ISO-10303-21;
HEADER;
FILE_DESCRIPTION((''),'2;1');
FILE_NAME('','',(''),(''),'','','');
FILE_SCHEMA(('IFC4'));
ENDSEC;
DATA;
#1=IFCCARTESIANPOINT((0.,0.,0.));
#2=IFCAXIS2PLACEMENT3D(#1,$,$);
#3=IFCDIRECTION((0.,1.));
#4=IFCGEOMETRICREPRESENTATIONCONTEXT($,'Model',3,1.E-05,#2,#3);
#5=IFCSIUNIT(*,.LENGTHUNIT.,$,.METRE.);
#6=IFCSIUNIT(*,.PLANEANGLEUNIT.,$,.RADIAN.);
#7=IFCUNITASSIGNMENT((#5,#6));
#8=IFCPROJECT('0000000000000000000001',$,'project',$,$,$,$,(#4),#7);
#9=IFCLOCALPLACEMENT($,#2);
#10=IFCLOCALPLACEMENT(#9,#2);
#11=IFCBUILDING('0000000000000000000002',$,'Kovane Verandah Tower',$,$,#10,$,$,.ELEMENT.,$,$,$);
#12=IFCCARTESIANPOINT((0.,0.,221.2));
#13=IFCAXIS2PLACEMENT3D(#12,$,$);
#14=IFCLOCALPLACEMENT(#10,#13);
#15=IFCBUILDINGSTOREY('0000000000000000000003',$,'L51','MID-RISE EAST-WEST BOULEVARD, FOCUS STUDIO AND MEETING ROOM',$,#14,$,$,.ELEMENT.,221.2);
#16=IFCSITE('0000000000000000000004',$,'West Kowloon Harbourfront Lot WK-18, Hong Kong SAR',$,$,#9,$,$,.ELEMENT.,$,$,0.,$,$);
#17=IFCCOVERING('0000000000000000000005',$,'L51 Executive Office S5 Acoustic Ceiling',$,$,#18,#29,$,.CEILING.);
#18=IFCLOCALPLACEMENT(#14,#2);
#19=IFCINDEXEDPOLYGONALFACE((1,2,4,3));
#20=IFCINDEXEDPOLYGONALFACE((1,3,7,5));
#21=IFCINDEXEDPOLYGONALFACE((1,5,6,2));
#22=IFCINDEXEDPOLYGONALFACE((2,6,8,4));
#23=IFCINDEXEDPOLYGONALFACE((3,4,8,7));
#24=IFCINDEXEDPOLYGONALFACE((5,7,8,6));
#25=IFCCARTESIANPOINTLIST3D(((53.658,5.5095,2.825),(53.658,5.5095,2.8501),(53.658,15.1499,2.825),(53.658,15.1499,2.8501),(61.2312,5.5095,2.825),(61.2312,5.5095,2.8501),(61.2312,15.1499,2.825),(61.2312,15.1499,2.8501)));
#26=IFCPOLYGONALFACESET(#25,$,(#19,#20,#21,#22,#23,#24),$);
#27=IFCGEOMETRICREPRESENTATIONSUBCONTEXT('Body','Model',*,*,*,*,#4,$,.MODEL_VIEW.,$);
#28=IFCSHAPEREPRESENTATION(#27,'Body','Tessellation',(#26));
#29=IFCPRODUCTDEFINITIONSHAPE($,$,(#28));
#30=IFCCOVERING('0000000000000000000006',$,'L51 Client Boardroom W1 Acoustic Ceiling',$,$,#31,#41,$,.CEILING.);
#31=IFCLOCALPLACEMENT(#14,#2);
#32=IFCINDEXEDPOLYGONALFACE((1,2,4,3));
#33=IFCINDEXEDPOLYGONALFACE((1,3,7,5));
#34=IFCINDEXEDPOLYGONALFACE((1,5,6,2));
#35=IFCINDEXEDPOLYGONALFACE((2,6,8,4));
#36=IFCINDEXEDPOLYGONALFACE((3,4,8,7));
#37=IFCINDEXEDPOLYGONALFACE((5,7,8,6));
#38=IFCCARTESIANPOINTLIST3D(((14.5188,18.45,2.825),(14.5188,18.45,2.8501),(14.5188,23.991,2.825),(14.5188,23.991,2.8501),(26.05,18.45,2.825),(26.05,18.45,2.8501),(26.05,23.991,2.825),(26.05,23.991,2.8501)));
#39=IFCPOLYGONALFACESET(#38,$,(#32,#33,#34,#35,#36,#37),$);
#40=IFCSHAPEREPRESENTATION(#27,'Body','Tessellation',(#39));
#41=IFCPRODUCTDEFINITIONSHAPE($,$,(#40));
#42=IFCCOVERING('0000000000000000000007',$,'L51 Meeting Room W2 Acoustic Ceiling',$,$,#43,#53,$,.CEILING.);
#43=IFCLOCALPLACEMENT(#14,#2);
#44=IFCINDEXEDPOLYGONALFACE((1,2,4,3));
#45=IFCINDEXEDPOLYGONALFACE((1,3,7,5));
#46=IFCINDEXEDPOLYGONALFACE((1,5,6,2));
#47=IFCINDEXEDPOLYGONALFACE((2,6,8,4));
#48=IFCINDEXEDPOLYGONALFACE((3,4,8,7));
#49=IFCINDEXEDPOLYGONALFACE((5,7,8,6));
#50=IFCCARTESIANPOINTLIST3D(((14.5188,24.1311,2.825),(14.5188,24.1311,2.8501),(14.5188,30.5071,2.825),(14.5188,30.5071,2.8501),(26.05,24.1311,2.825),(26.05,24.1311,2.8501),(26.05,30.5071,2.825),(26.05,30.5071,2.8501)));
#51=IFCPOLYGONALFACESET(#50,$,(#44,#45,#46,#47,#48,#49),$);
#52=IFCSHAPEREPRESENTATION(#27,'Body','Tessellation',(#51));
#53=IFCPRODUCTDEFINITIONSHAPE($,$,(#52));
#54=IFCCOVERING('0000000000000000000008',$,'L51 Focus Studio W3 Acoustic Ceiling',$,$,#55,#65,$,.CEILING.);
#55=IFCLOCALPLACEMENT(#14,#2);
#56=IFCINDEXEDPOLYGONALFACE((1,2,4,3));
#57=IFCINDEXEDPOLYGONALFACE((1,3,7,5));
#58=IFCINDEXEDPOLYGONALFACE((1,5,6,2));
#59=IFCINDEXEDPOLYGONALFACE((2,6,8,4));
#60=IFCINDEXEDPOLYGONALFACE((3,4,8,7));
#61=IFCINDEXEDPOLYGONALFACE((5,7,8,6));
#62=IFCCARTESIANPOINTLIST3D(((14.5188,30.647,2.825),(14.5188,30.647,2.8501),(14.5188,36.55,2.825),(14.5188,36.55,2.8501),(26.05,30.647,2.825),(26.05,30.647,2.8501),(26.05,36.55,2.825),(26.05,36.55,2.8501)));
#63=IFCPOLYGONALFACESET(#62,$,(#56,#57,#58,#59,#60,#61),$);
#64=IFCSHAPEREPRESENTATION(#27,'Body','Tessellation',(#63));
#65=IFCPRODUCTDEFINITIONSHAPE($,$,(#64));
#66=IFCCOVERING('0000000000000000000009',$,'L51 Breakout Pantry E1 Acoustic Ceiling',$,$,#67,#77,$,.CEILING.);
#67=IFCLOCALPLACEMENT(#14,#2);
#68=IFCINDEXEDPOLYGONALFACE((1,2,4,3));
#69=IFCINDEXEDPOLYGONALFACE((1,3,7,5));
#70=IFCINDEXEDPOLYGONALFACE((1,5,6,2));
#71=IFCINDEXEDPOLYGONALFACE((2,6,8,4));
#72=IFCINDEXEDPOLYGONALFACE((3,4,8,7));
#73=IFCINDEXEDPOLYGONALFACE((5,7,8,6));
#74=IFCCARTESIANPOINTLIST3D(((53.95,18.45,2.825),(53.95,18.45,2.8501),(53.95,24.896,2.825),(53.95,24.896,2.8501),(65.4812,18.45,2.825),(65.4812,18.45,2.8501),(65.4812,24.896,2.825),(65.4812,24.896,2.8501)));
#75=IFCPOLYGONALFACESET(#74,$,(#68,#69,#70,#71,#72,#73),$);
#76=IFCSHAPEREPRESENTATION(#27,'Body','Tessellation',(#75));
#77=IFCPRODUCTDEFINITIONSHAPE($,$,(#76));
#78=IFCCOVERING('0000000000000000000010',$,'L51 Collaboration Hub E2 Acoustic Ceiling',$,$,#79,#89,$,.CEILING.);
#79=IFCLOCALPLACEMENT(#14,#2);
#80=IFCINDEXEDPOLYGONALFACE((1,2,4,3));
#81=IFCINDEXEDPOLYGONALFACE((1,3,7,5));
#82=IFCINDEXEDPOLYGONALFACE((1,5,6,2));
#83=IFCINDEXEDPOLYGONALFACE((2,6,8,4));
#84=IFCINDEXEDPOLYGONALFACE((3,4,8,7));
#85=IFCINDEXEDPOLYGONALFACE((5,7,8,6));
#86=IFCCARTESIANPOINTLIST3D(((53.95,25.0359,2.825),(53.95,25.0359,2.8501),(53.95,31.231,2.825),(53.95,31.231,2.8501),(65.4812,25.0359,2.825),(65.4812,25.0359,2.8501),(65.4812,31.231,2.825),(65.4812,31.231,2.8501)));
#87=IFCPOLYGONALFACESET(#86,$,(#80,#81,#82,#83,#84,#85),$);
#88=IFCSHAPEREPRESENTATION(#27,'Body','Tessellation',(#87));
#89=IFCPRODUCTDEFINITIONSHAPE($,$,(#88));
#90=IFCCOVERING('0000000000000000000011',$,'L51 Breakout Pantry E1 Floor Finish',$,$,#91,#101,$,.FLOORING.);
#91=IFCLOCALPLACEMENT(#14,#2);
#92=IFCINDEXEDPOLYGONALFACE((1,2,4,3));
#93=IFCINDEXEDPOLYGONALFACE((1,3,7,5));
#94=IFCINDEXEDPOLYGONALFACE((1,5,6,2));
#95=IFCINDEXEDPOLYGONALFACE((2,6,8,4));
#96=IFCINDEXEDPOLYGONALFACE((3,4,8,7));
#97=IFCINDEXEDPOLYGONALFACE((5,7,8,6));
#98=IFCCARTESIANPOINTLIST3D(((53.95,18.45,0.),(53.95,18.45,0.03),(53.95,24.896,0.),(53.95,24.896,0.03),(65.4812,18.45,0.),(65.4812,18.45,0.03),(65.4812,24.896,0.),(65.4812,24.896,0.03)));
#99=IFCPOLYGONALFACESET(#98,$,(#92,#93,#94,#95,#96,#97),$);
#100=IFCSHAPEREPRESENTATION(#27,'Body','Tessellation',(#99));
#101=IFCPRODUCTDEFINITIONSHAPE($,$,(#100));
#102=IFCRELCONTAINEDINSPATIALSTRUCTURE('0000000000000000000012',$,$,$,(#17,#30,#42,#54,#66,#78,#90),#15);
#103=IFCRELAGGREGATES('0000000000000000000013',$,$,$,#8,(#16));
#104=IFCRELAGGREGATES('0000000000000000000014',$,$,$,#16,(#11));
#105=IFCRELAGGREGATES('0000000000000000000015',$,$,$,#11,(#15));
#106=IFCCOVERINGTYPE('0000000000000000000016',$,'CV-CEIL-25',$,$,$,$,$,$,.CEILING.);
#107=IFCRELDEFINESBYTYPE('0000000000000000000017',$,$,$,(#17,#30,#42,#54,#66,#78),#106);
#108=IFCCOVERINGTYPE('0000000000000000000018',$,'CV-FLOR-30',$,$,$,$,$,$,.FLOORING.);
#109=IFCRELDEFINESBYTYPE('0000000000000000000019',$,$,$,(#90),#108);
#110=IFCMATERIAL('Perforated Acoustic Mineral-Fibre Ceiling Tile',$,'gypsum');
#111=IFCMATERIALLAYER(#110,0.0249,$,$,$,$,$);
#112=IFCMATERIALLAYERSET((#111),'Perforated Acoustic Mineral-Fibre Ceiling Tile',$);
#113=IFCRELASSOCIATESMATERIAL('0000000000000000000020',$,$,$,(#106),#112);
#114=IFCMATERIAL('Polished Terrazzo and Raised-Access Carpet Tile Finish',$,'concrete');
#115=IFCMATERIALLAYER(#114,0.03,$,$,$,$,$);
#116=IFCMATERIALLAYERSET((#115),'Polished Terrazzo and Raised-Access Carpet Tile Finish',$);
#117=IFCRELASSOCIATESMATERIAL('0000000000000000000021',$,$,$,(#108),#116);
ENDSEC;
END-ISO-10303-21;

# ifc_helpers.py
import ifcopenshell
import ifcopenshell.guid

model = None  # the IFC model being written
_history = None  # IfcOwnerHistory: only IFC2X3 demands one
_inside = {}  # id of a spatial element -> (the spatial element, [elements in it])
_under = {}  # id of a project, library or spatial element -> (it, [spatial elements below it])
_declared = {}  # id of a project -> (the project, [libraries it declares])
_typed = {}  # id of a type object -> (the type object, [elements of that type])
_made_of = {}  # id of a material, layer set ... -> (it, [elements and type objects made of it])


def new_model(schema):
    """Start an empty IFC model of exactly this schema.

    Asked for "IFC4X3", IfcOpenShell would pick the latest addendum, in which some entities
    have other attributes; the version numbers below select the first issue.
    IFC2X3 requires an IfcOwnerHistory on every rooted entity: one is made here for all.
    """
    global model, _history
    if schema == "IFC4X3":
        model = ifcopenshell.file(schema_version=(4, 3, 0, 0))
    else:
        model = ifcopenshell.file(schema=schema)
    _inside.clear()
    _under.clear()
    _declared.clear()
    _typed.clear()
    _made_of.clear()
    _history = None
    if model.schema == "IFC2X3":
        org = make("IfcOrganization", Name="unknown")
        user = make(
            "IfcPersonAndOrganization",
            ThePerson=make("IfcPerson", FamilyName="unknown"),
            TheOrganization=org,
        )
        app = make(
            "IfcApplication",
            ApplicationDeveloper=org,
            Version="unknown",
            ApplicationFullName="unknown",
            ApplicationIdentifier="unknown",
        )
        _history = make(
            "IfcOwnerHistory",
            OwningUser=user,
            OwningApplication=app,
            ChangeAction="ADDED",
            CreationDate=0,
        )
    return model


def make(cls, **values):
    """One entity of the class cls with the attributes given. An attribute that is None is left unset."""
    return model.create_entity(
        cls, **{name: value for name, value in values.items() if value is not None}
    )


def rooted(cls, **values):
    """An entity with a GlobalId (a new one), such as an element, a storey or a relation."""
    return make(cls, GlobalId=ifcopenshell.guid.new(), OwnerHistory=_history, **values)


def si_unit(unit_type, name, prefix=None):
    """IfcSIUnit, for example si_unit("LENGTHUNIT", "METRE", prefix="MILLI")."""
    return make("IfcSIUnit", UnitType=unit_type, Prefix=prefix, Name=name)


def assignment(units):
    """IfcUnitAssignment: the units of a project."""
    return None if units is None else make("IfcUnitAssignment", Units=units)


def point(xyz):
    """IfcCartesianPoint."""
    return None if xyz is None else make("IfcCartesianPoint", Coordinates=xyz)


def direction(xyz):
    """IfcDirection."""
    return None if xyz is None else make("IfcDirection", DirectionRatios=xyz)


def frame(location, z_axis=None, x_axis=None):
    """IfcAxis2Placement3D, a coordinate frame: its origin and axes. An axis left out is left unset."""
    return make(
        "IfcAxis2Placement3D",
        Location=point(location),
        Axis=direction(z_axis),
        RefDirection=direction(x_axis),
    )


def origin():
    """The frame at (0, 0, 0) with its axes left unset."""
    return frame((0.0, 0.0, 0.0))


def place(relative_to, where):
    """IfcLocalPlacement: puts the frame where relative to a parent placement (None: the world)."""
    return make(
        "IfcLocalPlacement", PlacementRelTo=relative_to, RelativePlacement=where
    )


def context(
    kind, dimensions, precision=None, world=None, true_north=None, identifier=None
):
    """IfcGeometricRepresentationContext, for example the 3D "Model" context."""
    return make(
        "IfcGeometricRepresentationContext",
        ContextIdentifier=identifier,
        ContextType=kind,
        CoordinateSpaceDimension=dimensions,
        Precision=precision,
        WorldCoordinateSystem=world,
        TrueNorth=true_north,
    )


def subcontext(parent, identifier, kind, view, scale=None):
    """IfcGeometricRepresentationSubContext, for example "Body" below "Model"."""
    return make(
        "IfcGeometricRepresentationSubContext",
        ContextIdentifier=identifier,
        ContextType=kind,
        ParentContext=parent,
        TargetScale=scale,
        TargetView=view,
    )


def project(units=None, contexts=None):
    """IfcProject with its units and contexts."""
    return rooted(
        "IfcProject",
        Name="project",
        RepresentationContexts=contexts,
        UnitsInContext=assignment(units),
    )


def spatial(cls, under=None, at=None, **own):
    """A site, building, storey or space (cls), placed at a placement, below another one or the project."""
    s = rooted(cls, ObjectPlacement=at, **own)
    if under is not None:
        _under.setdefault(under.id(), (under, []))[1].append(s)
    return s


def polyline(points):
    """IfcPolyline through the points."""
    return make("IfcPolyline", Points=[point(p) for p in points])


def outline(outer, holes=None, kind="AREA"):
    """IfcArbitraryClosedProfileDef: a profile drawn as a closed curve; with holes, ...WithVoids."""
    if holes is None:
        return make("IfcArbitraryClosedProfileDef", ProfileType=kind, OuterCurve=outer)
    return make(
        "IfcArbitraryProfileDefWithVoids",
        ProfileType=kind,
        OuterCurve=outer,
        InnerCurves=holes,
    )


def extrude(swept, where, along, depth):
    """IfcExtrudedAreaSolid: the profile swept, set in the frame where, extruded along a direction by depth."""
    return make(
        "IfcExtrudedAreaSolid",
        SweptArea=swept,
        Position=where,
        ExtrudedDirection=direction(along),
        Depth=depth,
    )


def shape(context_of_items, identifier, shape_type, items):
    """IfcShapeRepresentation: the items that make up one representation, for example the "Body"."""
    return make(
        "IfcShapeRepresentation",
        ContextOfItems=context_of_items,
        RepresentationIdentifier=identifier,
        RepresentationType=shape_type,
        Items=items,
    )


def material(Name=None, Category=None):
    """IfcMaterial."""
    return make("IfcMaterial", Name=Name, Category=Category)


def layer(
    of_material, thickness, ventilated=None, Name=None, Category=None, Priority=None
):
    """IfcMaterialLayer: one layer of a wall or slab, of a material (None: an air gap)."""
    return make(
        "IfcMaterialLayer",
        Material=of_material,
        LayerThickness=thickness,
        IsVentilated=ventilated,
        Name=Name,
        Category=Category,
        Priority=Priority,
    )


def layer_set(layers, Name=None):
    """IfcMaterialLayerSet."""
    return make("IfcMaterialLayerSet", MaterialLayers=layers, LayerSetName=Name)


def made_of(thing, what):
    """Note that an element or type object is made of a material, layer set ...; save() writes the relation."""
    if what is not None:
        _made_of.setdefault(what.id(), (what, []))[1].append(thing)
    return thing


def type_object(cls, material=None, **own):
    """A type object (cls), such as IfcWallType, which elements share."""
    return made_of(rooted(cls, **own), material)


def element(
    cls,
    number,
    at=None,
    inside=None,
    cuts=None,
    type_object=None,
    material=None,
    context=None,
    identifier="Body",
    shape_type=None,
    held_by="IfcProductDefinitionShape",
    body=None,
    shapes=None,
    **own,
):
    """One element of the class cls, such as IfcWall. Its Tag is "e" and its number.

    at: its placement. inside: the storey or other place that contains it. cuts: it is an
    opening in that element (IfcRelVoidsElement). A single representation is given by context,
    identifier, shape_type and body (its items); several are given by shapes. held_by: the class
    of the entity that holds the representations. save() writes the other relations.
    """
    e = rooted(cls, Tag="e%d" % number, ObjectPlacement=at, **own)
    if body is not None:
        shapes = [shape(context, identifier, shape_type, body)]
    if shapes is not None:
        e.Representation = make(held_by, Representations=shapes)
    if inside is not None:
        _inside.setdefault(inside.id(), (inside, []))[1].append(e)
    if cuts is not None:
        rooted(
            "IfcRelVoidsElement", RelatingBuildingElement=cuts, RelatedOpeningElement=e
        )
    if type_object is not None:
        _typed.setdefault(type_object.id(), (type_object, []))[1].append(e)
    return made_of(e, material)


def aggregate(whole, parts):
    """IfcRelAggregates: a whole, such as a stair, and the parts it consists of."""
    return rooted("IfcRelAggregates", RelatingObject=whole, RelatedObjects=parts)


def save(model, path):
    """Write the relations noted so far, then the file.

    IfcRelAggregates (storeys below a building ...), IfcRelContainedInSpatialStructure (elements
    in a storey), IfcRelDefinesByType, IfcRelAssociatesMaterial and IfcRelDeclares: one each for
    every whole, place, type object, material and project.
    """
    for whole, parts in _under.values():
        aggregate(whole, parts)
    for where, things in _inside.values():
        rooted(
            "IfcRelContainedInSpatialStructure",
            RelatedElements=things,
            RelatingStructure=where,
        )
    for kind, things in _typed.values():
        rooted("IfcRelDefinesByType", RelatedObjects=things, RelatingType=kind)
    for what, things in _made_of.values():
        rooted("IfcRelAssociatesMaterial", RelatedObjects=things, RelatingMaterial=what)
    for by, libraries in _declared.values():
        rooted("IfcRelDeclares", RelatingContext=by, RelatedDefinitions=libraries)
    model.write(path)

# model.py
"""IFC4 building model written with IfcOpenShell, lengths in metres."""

from ifc_helpers import new_model, si_unit, direction, frame, origin, place, context, subcontext, project, spatial, polyline, outline, extrude, material, layer, layer_set, type_object, element, save


model = new_model("IFC4")

# Units and contexts
model_context = context("Model", 3, precision=1e-05, world=origin(), true_north=direction((0.0, 1.0)))
body_context = subcontext(model_context, "Body", "Model", "MODEL_VIEW")
ifc_project = project(units=[si_unit("LENGTHUNIT", "METRE"), si_unit("PLANEANGLEUNIT", "RADIAN")], contexts=[model_context])

# Site, building, storey
site_placement = place(None, origin())
site = spatial("IfcSite", under=ifc_project, at=site_placement, Name="West Kowloon Harbourfront Lot WK-18, Hong Kong SAR", CompositionType="ELEMENT", RefElevation=0.0)
building_placement = place(site_placement, origin())
building = spatial("IfcBuilding", under=site, at=building_placement, Name="Kovane Verandah Tower", CompositionType="ELEMENT")
storey_placement = place(building_placement, frame((0.0, 0.0, 221.2)))
storey = spatial("IfcBuildingStorey", under=building, at=storey_placement, Name="L51", Description="MID-RISE EAST-WEST BOULEVARD, FOCUS STUDIO AND MEETING ROOM", CompositionType="ELEMENT", Elevation=221.2)

# Coverings
ifc_material_1 = material(Name="Perforated Acoustic Mineral-Fibre Ceiling Tile", Category="gypsum")
ifc_layer_1 = layer(ifc_material_1, 0.0249)
ifc_layer_set_1 = layer_set([ifc_layer_1], Name="Perforated Acoustic Mineral-Fibre Ceiling Tile")
covering_type_1 = type_object("IfcCoveringType", Name="CV-CEIL-25", PredefinedType="CEILING", material=ifc_layer_set_1)
covering_1_placement = place(storey_placement, frame((0.0, 0.0, 2.825)))
element("IfcCovering", 1, at=covering_1_placement, inside=storey, type_object=covering_type_1, Name="L51 Executive Office S5 Acoustic Ceiling", PredefinedType="CEILING", context=body_context, shape_type="SweptSolid", body=[
    extrude(outline(polyline([(53.658, 5.5095), (61.2312, 5.5095), (61.2312, 15.1499), (53.658, 15.1499), (53.658, 5.5095)])), origin(), (0.0, 0.0, 1.0), 0.0251),
])
covering_2_placement = place(storey_placement, frame((0.0, 0.0, 2.825)))
element("IfcCovering", 2, at=covering_2_placement, inside=storey, type_object=covering_type_1, Name="L51 Client Boardroom W1 Acoustic Ceiling", PredefinedType="CEILING", context=body_context, shape_type="SweptSolid", body=[
    extrude(outline(polyline([(14.5188, 18.45), (26.05, 18.45), (26.05, 23.991), (14.5188, 23.991), (14.5188, 18.45)])), origin(), (0.0, 0.0, 1.0), 0.0251),
])
covering_3_placement = place(storey_placement, frame((0.0, 0.0, 2.825)))
element("IfcCovering", 3, at=covering_3_placement, inside=storey, type_object=covering_type_1, Name="L51 Meeting Room W2 Acoustic Ceiling", PredefinedType="CEILING", context=body_context, shape_type="SweptSolid", body=[
    extrude(outline(polyline([(14.5188, 24.1311), (26.05, 24.1311), (26.05, 30.5071), (14.5188, 30.5071), (14.5188, 24.1311)])), origin(), (0.0, 0.0, 1.0), 0.0251),
])
covering_4_placement = place(storey_placement, frame((0.0, 0.0, 2.825)))
element("IfcCovering", 4, at=covering_4_placement, inside=storey, type_object=covering_type_1, Name="L51 Focus Studio W3 Acoustic Ceiling", PredefinedType="CEILING", context=body_context, shape_type="SweptSolid", body=[
    extrude(outline(polyline([(14.5188, 30.647), (26.05, 30.647), (26.05, 36.55), (14.5188, 36.55), (14.5188, 30.647)])), origin(), (0.0, 0.0, 1.0), 0.0251),
])
covering_5_placement = place(storey_placement, frame((0.0, 0.0, 2.825)))
element("IfcCovering", 5, at=covering_5_placement, inside=storey, type_object=covering_type_1, Name="L51 Breakout Pantry E1 Acoustic Ceiling", PredefinedType="CEILING", context=body_context, shape_type="SweptSolid", body=[
    extrude(outline(polyline([(53.95, 18.45), (65.4812, 18.45), (65.4812, 24.896), (53.95, 24.896), (53.95, 18.45)])), origin(), (0.0, 0.0, 1.0), 0.0251),
])
covering_6_placement = place(storey_placement, frame((0.0, 0.0, 2.825)))
element("IfcCovering", 6, at=covering_6_placement, inside=storey, type_object=covering_type_1, Name="L51 Collaboration Hub E2 Acoustic Ceiling", PredefinedType="CEILING", context=body_context, shape_type="SweptSolid", body=[
    extrude(outline(polyline([(53.95, 25.0359), (65.4812, 25.0359), (65.4812, 31.231), (53.95, 31.231), (53.95, 25.0359)])), origin(), (0.0, 0.0, 1.0), 0.0251),
])
ifc_material_2 = material(Name="Polished Terrazzo and Raised-Access Carpet Tile Finish", Category="concrete")
ifc_layer_2 = layer(ifc_material_2, 0.03)
ifc_layer_set_2 = layer_set([ifc_layer_2], Name="Polished Terrazzo and Raised-Access Carpet Tile Finish")
covering_type_2 = type_object("IfcCoveringType", Name="CV-FLOR-30", PredefinedType="FLOORING", material=ifc_layer_set_2)
covering_7_placement = place(storey_placement, origin())
element("IfcCovering", 7, at=covering_7_placement, inside=storey, type_object=covering_type_2, Name="L51 Breakout Pantry E1 Floor Finish", PredefinedType="FLOORING", context=body_context, shape_type="SweptSolid", body=[
    extrude(outline(polyline([(53.95, 18.45), (65.4812, 18.45), (65.4812, 24.896), (53.95, 24.896), (53.95, 18.45)])), origin(), (0.0, 0.0, 1.0), 0.03),
])

save(model, "model.ifc")
